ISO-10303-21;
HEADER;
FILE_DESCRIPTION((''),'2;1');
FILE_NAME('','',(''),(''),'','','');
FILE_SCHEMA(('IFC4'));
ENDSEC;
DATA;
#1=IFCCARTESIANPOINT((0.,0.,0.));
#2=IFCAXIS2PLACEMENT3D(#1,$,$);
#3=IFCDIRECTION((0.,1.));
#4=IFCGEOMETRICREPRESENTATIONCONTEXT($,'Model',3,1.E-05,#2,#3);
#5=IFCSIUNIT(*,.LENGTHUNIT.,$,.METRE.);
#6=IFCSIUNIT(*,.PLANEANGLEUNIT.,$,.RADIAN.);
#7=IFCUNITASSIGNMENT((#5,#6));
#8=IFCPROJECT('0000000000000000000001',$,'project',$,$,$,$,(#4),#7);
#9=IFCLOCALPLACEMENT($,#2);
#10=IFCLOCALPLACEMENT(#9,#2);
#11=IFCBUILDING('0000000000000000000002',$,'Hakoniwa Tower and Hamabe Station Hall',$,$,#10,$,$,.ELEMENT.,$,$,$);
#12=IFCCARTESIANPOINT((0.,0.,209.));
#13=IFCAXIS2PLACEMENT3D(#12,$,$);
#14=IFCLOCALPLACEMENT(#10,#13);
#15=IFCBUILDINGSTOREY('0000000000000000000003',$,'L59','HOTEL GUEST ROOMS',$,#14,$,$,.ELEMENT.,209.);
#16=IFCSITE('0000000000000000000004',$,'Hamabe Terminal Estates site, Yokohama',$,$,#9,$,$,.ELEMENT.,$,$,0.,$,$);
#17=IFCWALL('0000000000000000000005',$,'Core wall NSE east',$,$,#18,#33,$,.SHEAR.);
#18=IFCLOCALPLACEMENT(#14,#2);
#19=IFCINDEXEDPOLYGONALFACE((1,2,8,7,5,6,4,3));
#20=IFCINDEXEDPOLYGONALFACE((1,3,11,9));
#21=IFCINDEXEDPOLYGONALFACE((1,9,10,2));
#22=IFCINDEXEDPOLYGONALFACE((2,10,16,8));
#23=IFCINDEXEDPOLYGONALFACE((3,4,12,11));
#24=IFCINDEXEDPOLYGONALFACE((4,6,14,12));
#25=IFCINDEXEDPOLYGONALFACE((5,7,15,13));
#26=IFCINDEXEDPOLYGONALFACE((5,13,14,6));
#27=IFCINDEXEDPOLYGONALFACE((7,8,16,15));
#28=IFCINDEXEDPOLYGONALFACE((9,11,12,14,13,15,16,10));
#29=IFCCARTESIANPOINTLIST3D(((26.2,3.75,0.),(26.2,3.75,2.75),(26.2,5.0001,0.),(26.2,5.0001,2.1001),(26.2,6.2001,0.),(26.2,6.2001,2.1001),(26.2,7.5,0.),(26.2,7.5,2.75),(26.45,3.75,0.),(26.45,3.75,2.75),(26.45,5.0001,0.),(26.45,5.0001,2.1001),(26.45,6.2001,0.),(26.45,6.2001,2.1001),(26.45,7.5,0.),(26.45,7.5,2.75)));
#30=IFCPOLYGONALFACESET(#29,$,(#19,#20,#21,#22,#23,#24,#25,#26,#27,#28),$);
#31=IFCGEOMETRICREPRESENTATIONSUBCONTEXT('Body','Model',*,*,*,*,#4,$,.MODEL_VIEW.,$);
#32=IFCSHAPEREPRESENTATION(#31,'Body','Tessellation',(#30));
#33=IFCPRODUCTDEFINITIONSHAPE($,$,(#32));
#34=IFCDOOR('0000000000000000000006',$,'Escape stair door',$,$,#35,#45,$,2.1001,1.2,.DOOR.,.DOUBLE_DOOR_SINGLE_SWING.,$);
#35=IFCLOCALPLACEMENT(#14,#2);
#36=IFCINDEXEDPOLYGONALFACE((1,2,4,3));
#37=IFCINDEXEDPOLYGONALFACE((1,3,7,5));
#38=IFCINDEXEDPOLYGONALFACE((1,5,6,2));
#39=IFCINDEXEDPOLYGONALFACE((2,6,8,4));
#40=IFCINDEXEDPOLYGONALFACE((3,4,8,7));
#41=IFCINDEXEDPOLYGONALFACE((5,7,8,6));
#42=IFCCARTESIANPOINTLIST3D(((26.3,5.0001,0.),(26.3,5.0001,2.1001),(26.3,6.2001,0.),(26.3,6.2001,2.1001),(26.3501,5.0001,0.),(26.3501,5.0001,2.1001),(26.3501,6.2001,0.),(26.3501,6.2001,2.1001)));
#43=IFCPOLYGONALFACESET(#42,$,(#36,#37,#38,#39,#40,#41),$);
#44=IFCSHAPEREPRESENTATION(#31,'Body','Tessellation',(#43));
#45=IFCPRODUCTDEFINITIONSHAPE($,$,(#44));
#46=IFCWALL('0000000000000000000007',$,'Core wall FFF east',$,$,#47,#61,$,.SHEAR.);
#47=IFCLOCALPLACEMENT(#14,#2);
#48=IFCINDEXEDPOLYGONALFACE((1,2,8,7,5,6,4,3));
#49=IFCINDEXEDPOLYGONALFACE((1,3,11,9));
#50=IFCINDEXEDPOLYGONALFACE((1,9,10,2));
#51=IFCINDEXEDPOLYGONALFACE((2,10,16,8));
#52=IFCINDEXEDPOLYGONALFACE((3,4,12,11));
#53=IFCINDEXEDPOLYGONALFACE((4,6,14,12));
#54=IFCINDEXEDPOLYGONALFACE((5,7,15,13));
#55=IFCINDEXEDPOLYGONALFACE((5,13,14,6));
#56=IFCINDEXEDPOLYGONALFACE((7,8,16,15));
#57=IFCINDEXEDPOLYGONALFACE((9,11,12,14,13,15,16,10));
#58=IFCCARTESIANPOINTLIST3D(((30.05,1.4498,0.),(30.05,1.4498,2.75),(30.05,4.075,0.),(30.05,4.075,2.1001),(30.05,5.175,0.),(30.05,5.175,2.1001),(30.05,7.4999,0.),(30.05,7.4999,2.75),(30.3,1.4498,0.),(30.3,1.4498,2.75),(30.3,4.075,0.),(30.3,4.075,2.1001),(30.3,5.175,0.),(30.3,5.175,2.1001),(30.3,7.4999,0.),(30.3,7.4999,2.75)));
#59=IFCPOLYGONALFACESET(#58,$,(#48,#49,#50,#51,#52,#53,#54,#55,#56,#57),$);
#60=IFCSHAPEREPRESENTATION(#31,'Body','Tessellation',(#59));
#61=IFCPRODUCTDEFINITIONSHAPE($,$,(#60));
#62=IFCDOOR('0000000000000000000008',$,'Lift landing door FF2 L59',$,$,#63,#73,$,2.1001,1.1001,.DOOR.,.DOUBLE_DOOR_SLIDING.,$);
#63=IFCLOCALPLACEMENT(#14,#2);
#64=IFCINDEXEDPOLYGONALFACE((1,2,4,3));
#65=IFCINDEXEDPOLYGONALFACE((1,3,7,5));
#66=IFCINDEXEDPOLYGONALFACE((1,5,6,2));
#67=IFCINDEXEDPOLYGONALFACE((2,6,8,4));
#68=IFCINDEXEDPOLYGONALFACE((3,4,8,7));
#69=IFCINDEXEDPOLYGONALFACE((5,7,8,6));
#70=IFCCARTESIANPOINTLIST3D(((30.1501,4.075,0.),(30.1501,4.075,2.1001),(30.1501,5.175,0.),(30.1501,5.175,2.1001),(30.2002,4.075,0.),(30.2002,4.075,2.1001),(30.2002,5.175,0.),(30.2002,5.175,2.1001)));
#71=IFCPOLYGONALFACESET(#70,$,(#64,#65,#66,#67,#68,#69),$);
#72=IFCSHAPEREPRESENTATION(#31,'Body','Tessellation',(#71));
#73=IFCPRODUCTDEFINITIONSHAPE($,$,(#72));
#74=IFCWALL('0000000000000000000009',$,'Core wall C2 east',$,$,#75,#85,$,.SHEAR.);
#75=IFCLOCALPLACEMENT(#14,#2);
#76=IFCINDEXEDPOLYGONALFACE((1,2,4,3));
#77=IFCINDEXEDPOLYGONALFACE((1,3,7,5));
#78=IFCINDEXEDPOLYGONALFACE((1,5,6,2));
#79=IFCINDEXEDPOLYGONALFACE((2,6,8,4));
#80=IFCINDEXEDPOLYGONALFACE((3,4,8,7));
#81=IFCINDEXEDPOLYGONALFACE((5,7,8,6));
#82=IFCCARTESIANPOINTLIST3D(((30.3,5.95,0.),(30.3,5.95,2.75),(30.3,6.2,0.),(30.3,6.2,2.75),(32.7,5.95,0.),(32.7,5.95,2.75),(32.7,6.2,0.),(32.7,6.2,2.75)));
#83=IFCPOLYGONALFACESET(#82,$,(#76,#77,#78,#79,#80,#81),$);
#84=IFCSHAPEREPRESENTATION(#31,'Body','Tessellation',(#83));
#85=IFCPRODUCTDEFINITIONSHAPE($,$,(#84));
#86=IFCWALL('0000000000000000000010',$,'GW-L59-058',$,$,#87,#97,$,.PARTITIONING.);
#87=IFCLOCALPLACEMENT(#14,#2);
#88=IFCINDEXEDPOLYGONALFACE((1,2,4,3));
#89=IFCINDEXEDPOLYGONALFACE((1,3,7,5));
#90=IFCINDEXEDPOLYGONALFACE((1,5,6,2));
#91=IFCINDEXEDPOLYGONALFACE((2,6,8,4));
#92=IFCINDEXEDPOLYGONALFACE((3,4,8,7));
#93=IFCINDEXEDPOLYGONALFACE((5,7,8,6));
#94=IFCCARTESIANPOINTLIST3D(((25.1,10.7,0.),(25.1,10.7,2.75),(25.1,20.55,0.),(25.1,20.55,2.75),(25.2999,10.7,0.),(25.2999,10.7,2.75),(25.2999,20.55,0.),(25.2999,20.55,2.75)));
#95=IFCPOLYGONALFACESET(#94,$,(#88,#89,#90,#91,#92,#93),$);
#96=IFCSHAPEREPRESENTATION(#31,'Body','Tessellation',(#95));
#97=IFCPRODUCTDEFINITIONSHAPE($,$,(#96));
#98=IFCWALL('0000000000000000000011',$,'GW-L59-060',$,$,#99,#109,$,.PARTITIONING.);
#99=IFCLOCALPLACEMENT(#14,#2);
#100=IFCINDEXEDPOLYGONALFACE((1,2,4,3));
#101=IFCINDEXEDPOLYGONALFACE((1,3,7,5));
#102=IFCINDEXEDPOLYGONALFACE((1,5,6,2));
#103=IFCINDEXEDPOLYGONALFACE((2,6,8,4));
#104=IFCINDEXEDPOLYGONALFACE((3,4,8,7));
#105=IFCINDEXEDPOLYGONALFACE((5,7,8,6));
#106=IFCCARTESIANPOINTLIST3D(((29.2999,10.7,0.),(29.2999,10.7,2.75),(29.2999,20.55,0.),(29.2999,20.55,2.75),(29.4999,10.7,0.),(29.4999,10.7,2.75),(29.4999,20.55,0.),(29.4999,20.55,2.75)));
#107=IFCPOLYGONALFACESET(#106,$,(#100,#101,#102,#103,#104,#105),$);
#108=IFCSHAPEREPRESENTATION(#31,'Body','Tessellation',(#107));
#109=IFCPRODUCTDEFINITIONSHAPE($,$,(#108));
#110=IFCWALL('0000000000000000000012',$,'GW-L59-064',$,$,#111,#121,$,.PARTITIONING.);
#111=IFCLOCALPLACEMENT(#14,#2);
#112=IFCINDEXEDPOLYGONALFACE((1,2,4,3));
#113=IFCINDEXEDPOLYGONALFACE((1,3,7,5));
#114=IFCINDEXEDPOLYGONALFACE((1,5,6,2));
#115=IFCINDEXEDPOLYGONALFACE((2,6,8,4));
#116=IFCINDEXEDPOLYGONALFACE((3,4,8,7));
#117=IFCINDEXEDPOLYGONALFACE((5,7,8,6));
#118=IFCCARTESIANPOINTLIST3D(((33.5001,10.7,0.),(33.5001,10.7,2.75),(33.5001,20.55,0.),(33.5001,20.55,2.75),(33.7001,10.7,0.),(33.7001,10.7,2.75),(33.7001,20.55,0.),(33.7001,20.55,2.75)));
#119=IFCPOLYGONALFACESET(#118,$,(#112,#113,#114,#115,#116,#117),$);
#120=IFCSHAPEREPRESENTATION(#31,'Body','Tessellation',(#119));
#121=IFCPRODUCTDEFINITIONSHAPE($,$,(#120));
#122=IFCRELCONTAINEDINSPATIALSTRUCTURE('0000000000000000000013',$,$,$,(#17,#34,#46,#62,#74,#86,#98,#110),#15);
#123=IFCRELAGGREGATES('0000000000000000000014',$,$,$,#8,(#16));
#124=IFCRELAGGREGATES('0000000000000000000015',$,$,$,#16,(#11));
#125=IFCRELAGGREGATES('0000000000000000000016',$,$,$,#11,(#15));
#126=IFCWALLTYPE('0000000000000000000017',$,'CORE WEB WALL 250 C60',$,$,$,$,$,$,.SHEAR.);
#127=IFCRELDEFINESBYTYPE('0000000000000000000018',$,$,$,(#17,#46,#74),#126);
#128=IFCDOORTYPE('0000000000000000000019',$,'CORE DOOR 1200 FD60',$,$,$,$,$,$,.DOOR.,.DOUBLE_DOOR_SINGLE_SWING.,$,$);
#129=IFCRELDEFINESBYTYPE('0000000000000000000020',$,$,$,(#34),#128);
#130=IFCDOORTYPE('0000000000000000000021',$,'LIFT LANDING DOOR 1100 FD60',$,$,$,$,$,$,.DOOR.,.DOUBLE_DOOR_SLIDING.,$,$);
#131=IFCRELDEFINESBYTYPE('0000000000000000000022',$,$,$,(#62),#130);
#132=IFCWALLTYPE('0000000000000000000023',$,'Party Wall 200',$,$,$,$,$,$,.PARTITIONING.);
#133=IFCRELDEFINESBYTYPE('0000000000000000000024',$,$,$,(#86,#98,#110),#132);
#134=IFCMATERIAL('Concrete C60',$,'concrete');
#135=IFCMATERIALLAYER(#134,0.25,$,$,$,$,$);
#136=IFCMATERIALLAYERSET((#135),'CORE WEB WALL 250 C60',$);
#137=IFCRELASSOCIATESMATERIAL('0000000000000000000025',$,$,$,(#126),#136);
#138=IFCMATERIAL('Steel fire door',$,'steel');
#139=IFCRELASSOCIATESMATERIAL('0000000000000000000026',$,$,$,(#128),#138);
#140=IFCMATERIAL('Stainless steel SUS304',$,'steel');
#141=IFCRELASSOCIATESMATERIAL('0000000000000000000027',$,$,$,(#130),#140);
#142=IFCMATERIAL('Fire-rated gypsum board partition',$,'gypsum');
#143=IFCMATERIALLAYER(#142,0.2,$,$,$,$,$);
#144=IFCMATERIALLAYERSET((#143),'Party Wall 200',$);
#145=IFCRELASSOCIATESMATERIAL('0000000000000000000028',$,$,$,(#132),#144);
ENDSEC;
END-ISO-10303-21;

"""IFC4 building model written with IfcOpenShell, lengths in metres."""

from ifc_helpers import new_model, si_unit, direction, frame, frame_2d, origin, place, context, subcontext, project, spatial, rectangle, extrude, material, layer, layer_set, type_object, element, fill, save


model = new_model("IFC4")

# Units and contexts
model_context = context("Model", 3, precision=1e-05, world=origin(), true_north=direction((0.0, 1.0)))
body_context = subcontext(model_context, "Body", "Model", "MODEL_VIEW")
ifc_project = project(units=[si_unit("LENGTHUNIT", "METRE"), si_unit("PLANEANGLEUNIT", "RADIAN")], contexts=[model_context])

# Site, building, storey
site_placement = place(None, origin())
site = spatial("IfcSite", under=ifc_project, at=site_placement, Name="Hamabe Terminal Estates site, Yokohama", CompositionType="ELEMENT", RefElevation=0.0)
building_placement = place(site_placement, origin())
building = spatial("IfcBuilding", under=site, at=building_placement, Name="Hakoniwa Tower and Hamabe Station Hall", CompositionType="ELEMENT")
storey_placement = place(building_placement, frame((0.0, 0.0, 209.0)))
storey = spatial("IfcBuildingStorey", under=building, at=storey_placement, Name="L59", Description="HOTEL GUEST ROOMS", CompositionType="ELEMENT", Elevation=209.0)

# Shared definitions
ifc_material_1 = material(Name="Concrete C60", Category="concrete")
ifc_layer_1 = layer(ifc_material_1, 0.25)
ifc_layer_set_1 = layer_set([ifc_layer_1], Name="CORE WEB WALL 250 C60")
wall_type_1 = type_object("IfcWallType", Name="CORE WEB WALL 250 C60", PredefinedType="SHEAR", material=ifc_layer_set_1)

# Walls, openings, doors
wall_1_placement = place(storey_placement, frame((26.325, 3.75, 0.0), z_axis=(0.0, 0.0, 1.0), x_axis=(0.0, 1.0, 0.0)))
wall_1 = element("IfcWall", 1, at=wall_1_placement, inside=storey, type_object=wall_type_1, Name="Core wall NSE east", PredefinedType="SHEAR", context=body_context, shape_type="SweptSolid", body=[
    extrude(rectangle(XDim=3.75, YDim=0.25, at=frame_2d((1.875, 0.0))), origin(), (0.0, 0.0, 1.0), 2.75),
])
opening_1_placement = place(wall_1_placement, frame((1.25, 0.0, 0.0)))
opening_1 = element("IfcOpeningElement", 2, at=opening_1_placement, cuts=wall_1, PredefinedType="OPENING", context=body_context, shape_type="SweptSolid", body=[
    extrude(rectangle(XDim=1.2, YDim=2.1001, at=frame_2d((0.6001, 1.05))), frame((0.0, 0.135, 0.0), z_axis=(0.0, -1.0, 0.0), x_axis=(1.0, 0.0, 0.0)), (0.0, 0.0, 1.0), 0.27),
])
ifc_material_2 = material(Name="Steel fire door", Category="steel")
door_type_1 = type_object("IfcDoorType", Name="CORE DOOR 1200 FD60", OperationType="DOUBLE_DOOR_SINGLE_SWING", PredefinedType="DOOR", material=ifc_material_2)
door_1_placement = place(opening_1_placement, origin())
door_1 = element("IfcDoor", 3, at=door_1_placement, inside=storey, type_object=door_type_1, Name="Escape stair door", OperationType="DOUBLE_DOOR_SINGLE_SWING", OverallHeight=2.1001, OverallWidth=1.2, PredefinedType="DOOR", context=body_context, shape_type="SweptSolid", body=[
    extrude(rectangle(XDim=1.2, YDim=2.1001, at=frame_2d((0.6001, 1.05))), frame((0.0, 0.0249, 0.0), z_axis=(0.0, -1.0, 0.0), x_axis=(1.0, 0.0, 0.0)), (0.0, 0.0, 1.0), 0.05),
])
fill(opening_1, door_1)
wall_2_placement = place(storey_placement, frame((30.175, 1.45, 0.0), z_axis=(0.0, 0.0, 1.0), x_axis=(0.0, 1.0, 0.0)))
wall_2 = element("IfcWall", 4, at=wall_2_placement, inside=storey, type_object=wall_type_1, Name="Core wall FFF east", PredefinedType="SHEAR", context=body_context, shape_type="SweptSolid", body=[
    extrude(rectangle(XDim=6.05, YDim=0.25, at=frame_2d((3.0249, 0.0))), origin(), (0.0, 0.0, 1.0), 2.75),
])
opening_2_placement = place(wall_2_placement, frame((2.625, 0.0, 0.0)))
opening_2 = element("IfcOpeningElement", 5, at=opening_2_placement, cuts=wall_2, PredefinedType="OPENING", context=body_context, shape_type="SweptSolid", body=[
    extrude(rectangle(XDim=1.1001, YDim=2.1001, at=frame_2d((0.55, 1.05))), frame((0.0, 0.135, 0.0), z_axis=(0.0, -1.0, 0.0), x_axis=(1.0, 0.0, 0.0)), (0.0, 0.0, 1.0), 0.27),
])
ifc_material_3 = material(Name="Stainless steel SUS304", Category="steel")
door_type_2 = type_object("IfcDoorType", Name="LIFT LANDING DOOR 1100 FD60", OperationType="DOUBLE_DOOR_SLIDING", PredefinedType="DOOR", material=ifc_material_3)
door_2_placement = place(opening_2_placement, origin())
door_2 = element("IfcDoor", 6, at=door_2_placement, inside=storey, type_object=door_type_2, Name="Lift landing door FF2 L59", OperationType="DOUBLE_DOOR_SLIDING", OverallHeight=2.1001, OverallWidth=1.1001, PredefinedType="DOOR", context=body_context, shape_type="SweptSolid", body=[
    extrude(rectangle(XDim=1.1001, YDim=2.1001, at=frame_2d((0.55, 1.05))), frame((0.0, 0.0249, 0.0), z_axis=(0.0, -1.0, 0.0), x_axis=(1.0, 0.0, 0.0)), (0.0, 0.0, 1.0), 0.05),
])
fill(opening_2, door_2)

# Walls
wall_3_placement = place(storey_placement, frame((30.3, 6.075, 0.0), z_axis=(0.0, 0.0, 1.0), x_axis=(1.0, 0.0, 0.0)))
element("IfcWall", 7, at=wall_3_placement, inside=storey, type_object=wall_type_1, Name="Core wall C2 east", PredefinedType="SHEAR", context=body_context, shape_type="SweptSolid", body=[
    extrude(rectangle(XDim=2.3999, YDim=0.25, at=frame_2d((1.2, 0.0))), origin(), (0.0, 0.0, 1.0), 2.75),
])
ifc_material_4 = material(Name="Fire-rated gypsum board partition", Category="gypsum")
ifc_layer_2 = layer(ifc_material_4, 0.2)
ifc_layer_set_2 = layer_set([ifc_layer_2], Name="Party Wall 200")
wall_type_2 = type_object("IfcWallType", Name="Party Wall 200", PredefinedType="PARTITIONING", material=ifc_layer_set_2)
for number, where, z_axis, x_axis, name in (
    (8, (25.2, 10.7, 0.0), (0.0, 0.0, 1.0), (0.0, 1.0, 0.0), "GW-L59-058"),
    (9, (29.3999, 10.7, 0.0), (0.0, 0.0, 1.0), (0.0, 1.0, 0.0), "GW-L59-060"),
    (10, (33.6001, 10.7, 0.0), (0.0, 0.0, 1.0), (0.0, 1.0, 0.0), "GW-L59-064"),
):
    element("IfcWall", number, at=place(storey_placement, frame(where, z_axis=z_axis, x_axis=x_axis)), inside=storey, type_object=wall_type_2, Name=name, PredefinedType="PARTITIONING", context=body_context, shape_type="SweptSolid", body=[
        extrude(rectangle(XDim=9.8501, YDim=0.2, at=frame_2d((4.925, 0.0))), origin(), (0.0, 0.0, 1.0), 2.75),
    ])

save(model, "model.ifc")
